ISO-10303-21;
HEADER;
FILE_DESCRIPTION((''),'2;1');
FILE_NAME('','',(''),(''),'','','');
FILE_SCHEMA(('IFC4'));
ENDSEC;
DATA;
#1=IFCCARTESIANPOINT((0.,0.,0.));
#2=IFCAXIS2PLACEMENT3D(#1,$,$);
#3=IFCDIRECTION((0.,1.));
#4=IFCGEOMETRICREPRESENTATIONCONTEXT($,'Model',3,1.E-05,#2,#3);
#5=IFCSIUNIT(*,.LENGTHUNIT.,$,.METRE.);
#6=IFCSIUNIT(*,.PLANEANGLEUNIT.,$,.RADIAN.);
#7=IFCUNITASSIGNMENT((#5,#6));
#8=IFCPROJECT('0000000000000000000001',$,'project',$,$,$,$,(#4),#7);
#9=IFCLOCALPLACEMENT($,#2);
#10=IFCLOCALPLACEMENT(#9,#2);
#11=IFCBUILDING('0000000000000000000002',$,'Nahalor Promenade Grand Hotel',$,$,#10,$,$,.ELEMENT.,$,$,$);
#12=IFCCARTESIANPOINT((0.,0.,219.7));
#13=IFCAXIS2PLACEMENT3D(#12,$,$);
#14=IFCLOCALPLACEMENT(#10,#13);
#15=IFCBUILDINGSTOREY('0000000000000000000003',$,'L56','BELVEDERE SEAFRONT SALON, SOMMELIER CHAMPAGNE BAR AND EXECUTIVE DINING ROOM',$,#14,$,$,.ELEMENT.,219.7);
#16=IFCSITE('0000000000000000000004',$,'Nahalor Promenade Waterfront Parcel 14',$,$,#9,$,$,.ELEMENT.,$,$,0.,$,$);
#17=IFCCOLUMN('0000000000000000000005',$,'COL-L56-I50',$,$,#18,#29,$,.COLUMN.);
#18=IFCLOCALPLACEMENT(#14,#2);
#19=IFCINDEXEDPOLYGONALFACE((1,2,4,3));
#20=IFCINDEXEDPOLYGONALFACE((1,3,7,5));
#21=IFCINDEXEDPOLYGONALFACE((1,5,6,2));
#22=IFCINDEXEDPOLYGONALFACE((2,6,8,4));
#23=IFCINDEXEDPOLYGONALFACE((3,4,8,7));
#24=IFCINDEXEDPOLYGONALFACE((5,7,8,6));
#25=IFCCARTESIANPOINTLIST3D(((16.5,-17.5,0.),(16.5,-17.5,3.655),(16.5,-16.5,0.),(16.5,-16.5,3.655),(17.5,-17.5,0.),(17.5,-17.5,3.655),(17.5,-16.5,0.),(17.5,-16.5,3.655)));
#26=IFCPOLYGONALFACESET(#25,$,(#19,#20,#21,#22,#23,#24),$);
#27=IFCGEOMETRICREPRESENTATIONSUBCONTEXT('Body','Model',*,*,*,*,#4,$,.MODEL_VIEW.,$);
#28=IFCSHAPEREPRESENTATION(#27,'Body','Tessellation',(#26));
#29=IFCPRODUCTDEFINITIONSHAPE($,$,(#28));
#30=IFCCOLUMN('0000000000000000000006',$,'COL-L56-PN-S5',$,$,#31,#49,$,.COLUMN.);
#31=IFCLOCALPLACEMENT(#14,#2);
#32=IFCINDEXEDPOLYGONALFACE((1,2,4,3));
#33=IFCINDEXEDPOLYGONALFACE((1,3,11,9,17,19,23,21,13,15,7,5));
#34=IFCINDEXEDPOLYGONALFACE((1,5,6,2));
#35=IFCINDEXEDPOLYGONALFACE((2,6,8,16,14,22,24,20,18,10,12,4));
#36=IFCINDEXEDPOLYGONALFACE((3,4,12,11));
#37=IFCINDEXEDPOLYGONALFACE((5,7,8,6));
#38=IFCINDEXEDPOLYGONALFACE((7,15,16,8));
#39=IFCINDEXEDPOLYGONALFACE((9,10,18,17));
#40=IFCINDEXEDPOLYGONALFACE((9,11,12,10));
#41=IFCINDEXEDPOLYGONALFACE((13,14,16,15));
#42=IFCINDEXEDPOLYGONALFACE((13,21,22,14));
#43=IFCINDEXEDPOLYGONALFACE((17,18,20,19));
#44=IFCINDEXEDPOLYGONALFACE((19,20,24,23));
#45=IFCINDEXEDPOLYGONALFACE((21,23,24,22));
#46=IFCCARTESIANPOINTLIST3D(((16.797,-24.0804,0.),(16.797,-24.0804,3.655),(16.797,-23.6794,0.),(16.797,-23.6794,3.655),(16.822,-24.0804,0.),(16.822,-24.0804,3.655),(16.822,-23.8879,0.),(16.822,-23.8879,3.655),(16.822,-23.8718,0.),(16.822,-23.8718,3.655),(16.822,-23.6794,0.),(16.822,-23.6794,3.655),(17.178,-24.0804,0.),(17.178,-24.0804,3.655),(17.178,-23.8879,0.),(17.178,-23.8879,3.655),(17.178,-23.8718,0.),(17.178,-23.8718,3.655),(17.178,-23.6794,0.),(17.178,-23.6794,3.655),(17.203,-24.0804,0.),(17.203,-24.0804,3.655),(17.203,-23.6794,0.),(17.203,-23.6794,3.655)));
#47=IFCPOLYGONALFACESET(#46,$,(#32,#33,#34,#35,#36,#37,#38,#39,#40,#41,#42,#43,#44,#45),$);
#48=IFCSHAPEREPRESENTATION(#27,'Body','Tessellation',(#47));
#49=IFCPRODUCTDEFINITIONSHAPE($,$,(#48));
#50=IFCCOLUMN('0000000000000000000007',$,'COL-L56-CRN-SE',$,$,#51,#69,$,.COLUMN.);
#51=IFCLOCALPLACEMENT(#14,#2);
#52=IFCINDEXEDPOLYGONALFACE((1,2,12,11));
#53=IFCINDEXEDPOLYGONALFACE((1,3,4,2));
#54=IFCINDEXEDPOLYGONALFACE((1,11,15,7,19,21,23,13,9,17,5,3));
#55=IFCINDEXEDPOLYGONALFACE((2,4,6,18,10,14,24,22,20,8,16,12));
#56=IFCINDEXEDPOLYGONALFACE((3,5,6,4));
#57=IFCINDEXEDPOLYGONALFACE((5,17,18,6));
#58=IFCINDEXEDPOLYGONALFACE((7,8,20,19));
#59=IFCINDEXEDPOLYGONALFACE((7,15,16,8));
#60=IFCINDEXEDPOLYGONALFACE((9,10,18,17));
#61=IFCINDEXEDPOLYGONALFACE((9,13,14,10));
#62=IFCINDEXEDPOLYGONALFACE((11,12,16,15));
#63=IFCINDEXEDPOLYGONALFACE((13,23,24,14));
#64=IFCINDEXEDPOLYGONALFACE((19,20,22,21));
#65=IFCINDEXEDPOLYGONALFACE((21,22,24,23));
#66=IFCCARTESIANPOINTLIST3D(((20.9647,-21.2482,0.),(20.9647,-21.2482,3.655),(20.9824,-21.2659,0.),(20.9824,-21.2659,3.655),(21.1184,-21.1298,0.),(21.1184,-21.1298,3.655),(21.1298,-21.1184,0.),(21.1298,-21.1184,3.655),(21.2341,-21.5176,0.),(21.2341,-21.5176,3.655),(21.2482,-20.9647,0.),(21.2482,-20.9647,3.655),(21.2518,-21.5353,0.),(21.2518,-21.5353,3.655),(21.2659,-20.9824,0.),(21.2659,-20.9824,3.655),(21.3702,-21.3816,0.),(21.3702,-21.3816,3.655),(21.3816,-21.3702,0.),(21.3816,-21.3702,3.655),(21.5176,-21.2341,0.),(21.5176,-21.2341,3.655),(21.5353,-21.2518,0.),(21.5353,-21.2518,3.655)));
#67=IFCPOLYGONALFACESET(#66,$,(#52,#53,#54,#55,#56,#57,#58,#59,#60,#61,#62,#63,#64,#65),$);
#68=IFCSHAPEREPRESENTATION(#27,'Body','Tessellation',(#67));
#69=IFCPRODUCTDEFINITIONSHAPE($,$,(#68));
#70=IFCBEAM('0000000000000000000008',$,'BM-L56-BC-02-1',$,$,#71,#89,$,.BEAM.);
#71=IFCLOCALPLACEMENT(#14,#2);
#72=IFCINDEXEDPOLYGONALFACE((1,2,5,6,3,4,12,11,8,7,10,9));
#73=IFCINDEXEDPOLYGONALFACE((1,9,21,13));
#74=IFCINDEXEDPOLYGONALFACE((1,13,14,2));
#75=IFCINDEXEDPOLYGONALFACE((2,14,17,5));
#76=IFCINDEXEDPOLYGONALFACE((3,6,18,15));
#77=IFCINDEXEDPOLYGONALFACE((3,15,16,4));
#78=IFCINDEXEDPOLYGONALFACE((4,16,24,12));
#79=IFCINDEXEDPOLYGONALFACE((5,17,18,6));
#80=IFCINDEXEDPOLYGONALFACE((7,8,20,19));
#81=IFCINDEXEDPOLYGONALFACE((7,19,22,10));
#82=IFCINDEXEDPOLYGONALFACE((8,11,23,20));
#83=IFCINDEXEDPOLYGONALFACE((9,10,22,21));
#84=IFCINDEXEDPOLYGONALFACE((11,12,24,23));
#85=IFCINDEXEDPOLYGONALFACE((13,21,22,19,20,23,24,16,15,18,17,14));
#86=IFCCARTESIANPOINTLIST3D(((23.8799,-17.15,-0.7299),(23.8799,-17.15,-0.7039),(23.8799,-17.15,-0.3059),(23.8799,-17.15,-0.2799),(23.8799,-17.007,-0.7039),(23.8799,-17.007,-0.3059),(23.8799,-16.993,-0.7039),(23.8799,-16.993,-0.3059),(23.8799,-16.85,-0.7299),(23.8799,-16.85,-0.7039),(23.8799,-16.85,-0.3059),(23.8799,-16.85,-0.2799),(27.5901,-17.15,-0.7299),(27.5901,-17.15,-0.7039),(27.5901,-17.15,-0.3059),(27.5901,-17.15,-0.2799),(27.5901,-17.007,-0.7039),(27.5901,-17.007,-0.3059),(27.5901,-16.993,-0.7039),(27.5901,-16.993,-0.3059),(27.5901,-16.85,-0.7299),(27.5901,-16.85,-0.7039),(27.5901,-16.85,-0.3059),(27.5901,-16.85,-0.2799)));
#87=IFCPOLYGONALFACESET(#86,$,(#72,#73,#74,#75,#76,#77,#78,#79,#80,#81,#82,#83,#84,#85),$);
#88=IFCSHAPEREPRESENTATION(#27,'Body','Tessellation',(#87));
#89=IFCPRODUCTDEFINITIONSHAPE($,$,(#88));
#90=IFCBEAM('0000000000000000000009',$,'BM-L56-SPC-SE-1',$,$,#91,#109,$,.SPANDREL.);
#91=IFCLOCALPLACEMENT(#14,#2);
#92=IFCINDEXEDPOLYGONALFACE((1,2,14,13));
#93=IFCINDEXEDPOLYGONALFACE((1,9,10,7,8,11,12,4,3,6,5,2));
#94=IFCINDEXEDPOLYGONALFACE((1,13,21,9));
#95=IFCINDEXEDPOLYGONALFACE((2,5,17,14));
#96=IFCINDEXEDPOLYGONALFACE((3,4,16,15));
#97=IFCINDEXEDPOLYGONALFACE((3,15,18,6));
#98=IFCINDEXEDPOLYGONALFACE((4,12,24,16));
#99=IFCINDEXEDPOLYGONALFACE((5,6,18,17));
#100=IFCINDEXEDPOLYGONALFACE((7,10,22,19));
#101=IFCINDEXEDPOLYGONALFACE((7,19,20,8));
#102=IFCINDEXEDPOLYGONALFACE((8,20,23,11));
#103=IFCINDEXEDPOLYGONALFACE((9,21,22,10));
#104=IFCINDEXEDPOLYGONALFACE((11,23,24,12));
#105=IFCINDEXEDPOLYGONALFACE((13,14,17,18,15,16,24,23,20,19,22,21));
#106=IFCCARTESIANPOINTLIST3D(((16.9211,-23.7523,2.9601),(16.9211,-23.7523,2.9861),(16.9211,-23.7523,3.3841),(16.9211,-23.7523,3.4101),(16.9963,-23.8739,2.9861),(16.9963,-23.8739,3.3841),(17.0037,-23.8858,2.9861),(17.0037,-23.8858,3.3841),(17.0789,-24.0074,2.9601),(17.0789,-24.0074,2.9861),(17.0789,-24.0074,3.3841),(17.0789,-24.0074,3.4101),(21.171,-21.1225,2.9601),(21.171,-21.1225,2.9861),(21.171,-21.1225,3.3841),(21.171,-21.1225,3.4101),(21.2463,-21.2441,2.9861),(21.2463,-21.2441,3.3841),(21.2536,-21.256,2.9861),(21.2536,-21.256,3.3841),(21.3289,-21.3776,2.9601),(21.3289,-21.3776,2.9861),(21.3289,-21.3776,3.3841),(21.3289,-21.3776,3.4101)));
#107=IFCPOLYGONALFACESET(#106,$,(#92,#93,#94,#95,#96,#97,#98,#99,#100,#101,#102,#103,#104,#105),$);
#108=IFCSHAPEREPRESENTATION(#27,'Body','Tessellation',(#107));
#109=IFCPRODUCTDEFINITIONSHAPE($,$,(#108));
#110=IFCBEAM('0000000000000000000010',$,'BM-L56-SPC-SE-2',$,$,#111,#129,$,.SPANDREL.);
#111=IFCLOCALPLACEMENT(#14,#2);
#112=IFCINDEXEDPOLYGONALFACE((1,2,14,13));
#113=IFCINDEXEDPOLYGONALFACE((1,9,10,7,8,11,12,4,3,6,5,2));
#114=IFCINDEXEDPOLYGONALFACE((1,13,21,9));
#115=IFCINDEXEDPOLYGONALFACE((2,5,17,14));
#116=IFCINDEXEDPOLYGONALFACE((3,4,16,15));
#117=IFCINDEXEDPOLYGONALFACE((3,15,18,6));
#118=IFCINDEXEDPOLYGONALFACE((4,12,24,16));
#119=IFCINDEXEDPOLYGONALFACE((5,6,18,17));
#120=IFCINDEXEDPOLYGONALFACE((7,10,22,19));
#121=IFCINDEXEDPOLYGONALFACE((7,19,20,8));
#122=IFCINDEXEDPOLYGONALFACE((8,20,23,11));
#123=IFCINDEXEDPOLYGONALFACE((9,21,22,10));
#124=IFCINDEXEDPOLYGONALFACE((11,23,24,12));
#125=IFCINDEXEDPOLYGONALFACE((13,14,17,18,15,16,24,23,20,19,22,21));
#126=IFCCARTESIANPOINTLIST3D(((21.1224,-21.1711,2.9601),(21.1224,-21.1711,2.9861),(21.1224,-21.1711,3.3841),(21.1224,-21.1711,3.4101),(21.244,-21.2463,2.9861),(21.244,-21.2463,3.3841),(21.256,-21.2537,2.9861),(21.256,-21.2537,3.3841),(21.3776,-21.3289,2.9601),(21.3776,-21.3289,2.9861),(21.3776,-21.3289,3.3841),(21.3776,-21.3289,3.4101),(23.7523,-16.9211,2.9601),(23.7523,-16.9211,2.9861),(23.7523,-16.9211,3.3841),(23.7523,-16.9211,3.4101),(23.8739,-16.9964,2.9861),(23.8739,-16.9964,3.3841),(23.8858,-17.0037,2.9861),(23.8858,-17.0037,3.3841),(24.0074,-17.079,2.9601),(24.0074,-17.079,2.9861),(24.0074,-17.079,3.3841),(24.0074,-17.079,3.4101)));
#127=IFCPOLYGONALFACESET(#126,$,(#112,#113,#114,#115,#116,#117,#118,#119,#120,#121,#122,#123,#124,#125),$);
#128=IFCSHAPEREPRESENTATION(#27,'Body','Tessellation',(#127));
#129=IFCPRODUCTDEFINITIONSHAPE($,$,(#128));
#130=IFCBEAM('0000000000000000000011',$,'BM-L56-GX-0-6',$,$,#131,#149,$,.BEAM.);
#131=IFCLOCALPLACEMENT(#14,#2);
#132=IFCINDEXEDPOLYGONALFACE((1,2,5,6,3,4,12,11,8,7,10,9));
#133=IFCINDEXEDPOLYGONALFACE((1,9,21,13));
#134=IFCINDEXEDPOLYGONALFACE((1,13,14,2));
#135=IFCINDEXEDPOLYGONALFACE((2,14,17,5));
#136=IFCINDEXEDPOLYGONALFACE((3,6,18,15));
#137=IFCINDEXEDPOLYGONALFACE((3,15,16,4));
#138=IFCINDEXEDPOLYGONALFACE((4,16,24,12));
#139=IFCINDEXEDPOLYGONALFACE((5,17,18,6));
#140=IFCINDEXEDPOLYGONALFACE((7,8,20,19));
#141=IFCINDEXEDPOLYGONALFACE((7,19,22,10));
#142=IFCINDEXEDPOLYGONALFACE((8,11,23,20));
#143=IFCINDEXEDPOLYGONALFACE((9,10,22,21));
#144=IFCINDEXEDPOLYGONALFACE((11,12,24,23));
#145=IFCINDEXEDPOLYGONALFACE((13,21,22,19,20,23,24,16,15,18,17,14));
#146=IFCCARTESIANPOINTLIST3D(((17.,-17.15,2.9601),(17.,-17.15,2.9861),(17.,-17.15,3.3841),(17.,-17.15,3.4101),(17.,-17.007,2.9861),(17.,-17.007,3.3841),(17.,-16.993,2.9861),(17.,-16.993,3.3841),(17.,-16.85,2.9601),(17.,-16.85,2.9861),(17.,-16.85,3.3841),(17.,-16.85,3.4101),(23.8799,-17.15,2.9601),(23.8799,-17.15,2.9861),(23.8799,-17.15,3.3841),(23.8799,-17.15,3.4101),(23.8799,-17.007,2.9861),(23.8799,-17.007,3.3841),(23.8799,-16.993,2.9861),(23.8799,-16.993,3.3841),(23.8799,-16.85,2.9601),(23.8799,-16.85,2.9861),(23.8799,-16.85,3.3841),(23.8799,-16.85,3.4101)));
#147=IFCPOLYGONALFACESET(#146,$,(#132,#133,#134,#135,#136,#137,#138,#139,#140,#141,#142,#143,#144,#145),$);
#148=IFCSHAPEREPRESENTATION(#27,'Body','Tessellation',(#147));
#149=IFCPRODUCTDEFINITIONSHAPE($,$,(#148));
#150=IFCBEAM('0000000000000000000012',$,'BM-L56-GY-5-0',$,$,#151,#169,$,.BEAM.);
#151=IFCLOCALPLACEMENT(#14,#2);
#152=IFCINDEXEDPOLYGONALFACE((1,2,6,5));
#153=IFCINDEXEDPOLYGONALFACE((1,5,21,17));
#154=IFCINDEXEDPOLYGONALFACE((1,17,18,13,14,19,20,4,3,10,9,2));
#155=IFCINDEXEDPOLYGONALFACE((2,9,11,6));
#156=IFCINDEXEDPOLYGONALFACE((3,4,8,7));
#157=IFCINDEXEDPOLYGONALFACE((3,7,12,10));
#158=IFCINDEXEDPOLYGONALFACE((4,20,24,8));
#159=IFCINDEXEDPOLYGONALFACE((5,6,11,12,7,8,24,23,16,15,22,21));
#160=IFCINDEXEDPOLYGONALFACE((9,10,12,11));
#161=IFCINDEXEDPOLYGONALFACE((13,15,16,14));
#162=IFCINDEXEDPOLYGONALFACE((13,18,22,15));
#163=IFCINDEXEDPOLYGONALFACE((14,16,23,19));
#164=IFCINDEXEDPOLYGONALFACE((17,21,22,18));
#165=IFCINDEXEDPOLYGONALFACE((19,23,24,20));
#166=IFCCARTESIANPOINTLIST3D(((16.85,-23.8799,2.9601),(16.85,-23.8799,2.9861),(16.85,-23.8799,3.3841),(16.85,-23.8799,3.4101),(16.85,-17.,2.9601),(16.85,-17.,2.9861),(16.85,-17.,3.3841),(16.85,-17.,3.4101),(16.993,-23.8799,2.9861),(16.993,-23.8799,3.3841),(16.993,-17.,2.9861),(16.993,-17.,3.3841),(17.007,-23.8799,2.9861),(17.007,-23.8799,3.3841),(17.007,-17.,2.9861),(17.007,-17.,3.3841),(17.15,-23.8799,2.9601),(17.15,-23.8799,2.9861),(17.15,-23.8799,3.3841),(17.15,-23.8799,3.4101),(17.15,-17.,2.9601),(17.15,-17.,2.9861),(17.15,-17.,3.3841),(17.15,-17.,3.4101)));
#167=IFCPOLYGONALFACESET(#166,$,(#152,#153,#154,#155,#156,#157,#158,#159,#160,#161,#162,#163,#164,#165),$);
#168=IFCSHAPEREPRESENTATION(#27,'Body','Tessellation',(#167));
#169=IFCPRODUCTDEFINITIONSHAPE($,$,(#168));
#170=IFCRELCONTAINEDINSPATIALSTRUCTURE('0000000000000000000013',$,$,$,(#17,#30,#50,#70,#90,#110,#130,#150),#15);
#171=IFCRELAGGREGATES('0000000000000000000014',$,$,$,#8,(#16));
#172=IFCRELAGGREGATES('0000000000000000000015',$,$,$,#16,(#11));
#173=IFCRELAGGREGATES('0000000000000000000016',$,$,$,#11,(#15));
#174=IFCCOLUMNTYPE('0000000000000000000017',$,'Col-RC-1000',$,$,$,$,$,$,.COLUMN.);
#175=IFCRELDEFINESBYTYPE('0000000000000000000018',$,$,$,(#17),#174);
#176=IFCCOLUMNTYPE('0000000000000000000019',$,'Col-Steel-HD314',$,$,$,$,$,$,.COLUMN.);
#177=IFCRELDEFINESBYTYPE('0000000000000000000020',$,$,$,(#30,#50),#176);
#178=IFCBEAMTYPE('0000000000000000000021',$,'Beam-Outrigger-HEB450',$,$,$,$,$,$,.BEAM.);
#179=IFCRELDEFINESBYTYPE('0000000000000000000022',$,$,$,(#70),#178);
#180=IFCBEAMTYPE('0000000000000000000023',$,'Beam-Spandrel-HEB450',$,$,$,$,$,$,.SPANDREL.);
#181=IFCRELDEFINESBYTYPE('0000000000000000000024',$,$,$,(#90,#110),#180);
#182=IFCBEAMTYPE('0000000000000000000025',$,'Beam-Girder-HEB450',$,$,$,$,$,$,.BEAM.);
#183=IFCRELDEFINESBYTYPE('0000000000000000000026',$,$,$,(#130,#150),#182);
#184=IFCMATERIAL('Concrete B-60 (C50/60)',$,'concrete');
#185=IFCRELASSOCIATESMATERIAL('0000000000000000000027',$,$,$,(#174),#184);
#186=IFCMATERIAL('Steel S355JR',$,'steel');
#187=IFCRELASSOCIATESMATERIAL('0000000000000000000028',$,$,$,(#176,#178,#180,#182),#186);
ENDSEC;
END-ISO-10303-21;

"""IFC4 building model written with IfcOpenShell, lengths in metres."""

from ifc_helpers import new_model, si_unit, direction, frame, origin, origin_2d, place, context, subcontext, project, spatial, rectangle, i_section, extrude, source, transform, mapped, material, material_profile, profile_set, type_object, element, save


model = new_model("IFC4")

# Units and contexts
model_context = context("Model", 3, precision=1e-05, world=origin(), true_north=direction((0.0, 1.0)))
body_context = subcontext(model_context, "Body", "Model", "MODEL_VIEW")
ifc_project = project(units=[si_unit("LENGTHUNIT", "METRE"), si_unit("PLANEANGLEUNIT", "RADIAN")], contexts=[model_context])

# Site, building, storey
site_placement = place(None, origin())
site = spatial("IfcSite", under=ifc_project, at=site_placement, Name="Nahalor Promenade Waterfront Parcel 14", CompositionType="ELEMENT", RefElevation=0.0)
building_placement = place(site_placement, origin())
building = spatial("IfcBuilding", under=site, at=building_placement, Name="Nahalor Promenade Grand Hotel", CompositionType="ELEMENT")
storey_placement = place(building_placement, frame((0.0, 0.0, 219.7)))
storey = spatial("IfcBuildingStorey", under=building, at=storey_placement, Name="L56", Description="BELVEDERE SEAFRONT SALON, SOMMELIER CHAMPAGNE BAR AND EXECUTIVE DINING ROOM", CompositionType="ELEMENT", Elevation=219.7)

# Columns
ifc_material_1 = material(Name="Concrete B-60 (C50/60)", Category="concrete")
ifc_material_profile_1 = material_profile(ifc_material_1, rectangle(XDim=1.0, YDim=1.0, at=origin_2d()), Name="RC 1000x1000")
ifc_profile_set_1 = profile_set([ifc_material_profile_1], Name="Concrete B-60 (C50/60)")
column_type_1 = type_object("IfcColumnType", Name="Col-RC-1000", PredefinedType="COLUMN", material=ifc_profile_set_1)
shared_shape_1 = source(origin(), body_context, "Body", "SweptSolid", [
    extrude(rectangle(XDim=1.0, YDim=1.0, at=origin_2d()), origin(), (0.0, 0.0, 1.0), 3.655),
])
column_placement = place(storey_placement, frame((17.0, -17.0, 0.0), z_axis=(0.0, 0.0, 1.0), x_axis=(1.0, 0.0, 0.0)))
element("IfcColumn", 1, at=column_placement, inside=storey, type_object=column_type_1, Name="COL-L56-I50", PredefinedType="COLUMN", context=body_context, shape_type="MappedRepresentation", body=[
    mapped(shared_shape_1, transform((0.0, 0.0, 0.0), scale=1.0)),
])
ifc_material_2 = material(Name="Steel S355JR", Category="steel")
ifc_material_profile_2 = material_profile(ifc_material_2, i_section(OverallWidth=0.401, OverallDepth=0.406, WebThickness=0.0161, FlangeThickness=0.025, at=origin_2d()), Name="HD 400x314")
ifc_profile_set_2 = profile_set([ifc_material_profile_2], Name="Steel S355JR")
column_type_2 = type_object("IfcColumnType", Name="Col-Steel-HD314", PredefinedType="COLUMN", material=ifc_profile_set_2)
shared_shape_2 = source(origin(), body_context, "Body", "SweptSolid", [
    extrude(i_section(OverallWidth=0.401, OverallDepth=0.406, WebThickness=0.0161, FlangeThickness=0.025, at=origin_2d()), origin(), (0.0, 0.0, 1.0), 3.655),
])
for number, where, z_axis, x_axis, name in (
    (2, (17.0, -23.8799, 0.0), (0.0, 0.0, 1.0), (0.0, 1.0, 0.0), "COL-L56-PN-S5"),
    (3, (21.25, -21.25, 0.0), (0.0, 0.0, 1.0), (0.707107, 0.707107, 0.0), "COL-L56-CRN-SE"),
):
    element("IfcColumn", number, at=place(storey_placement, frame(where, z_axis=z_axis, x_axis=x_axis)), inside=storey, type_object=column_type_2, Name=name, PredefinedType="COLUMN", context=body_context, shape_type="MappedRepresentation", body=[
        mapped(shared_shape_2, transform((0.0, 0.0, 0.0), scale=1.0)),
    ])

# Beams
ifc_material_profile_3 = material_profile(ifc_material_2, i_section(OverallWidth=0.3, OverallDepth=0.45, WebThickness=0.014, FlangeThickness=0.026, at=origin_2d()), Name="HEB 450")
ifc_profile_set_3 = profile_set([ifc_material_profile_3], Name="Steel S355JR")
beam_type_1 = type_object("IfcBeamType", Name="Beam-Outrigger-HEB450", PredefinedType="BEAM", material=ifc_profile_set_3)
shared_shape_3 = source(origin(), body_context, "Body", "SweptSolid", [
    extrude(i_section(OverallWidth=0.3, OverallDepth=0.45, WebThickness=0.014, FlangeThickness=0.026, at=origin_2d()), origin(), (0.0, 0.0, 1.0), 3.7102),
])
beam_1_placement = place(storey_placement, frame((23.8799, -17.0, -0.5049), z_axis=(1.0, 0.0, 0.0), x_axis=(0.0, 1.0, 0.0)))
element("IfcBeam", 4, at=beam_1_placement, inside=storey, type_object=beam_type_1, Name="BM-L56-BC-02-1", PredefinedType="BEAM", context=body_context, shape_type="MappedRepresentation", body=[
    mapped(shared_shape_3, transform((0.0, 0.0, 0.0), scale=1.0)),
])
ifc_material_profile_4 = material_profile(ifc_material_2, i_section(OverallWidth=0.3, OverallDepth=0.45, WebThickness=0.014, FlangeThickness=0.026, at=origin_2d()), Name="HEB 450")
ifc_profile_set_4 = profile_set([ifc_material_profile_4], Name="Steel S355JR")
beam_type_2 = type_object("IfcBeamType", Name="Beam-Spandrel-HEB450", PredefinedType="SPANDREL", material=ifc_profile_set_4)
shared_shape_4 = source(origin(), body_context, "Body", "SweptSolid", [
    extrude(i_section(OverallWidth=0.3, OverallDepth=0.45, WebThickness=0.014, FlangeThickness=0.026, at=origin_2d()), origin(), (0.0, 0.0, 1.0), 4.9978),
])
for number, where, z_axis, x_axis, name in (
    (5, (17.0, -23.8799, 3.1851), (0.850361, 0.5262, 0.0), (-0.5262, 0.850361, 0.0), "BM-L56-SPC-SE-1"),
    (6, (21.25, -21.25, 3.1851), (0.5262, 0.850361, 0.0), (-0.850361, 0.5262, 0.0), "BM-L56-SPC-SE-2"),
):
    element("IfcBeam", number, at=place(storey_placement, frame(where, z_axis=z_axis, x_axis=x_axis)), inside=storey, type_object=beam_type_2, Name=name, PredefinedType="SPANDREL", context=body_context, shape_type="MappedRepresentation", body=[
        mapped(shared_shape_4, transform((0.0, 0.0, 0.0), scale=1.0)),
    ])
ifc_material_profile_5 = material_profile(ifc_material_2, i_section(OverallWidth=0.3, OverallDepth=0.45, WebThickness=0.014, FlangeThickness=0.026, at=origin_2d()), Name="HEB 450")
ifc_profile_set_5 = profile_set([ifc_material_profile_5], Name="Steel S355JR")
beam_type_3 = type_object("IfcBeamType", Name="Beam-Girder-HEB450", PredefinedType="BEAM", material=ifc_profile_set_5)
shared_shape_5 = source(origin(), body_context, "Body", "SweptSolid", [
    extrude(i_section(OverallWidth=0.3, OverallDepth=0.45, WebThickness=0.014, FlangeThickness=0.026, at=origin_2d()), origin(), (0.0, 0.0, 1.0), 6.8799),
])
for number, where, z_axis, x_axis, name in (
    (7, (17.0, -17.0, 3.1851), (1.0, 0.0, 0.0), (0.0, 1.0, 0.0), "BM-L56-GX-0-6"),
    (8, (17.0, -23.8799, 3.1851), (0.0, 1.0, 0.0), (-1.0, 0.0, 0.0), "BM-L56-GY-5-0"),
):
    element("IfcBeam", number, at=place(storey_placement, frame(where, z_axis=z_axis, x_axis=x_axis)), inside=storey, type_object=beam_type_3, Name=name, PredefinedType="BEAM", context=body_context, shape_type="MappedRepresentation", body=[
        mapped(shared_shape_5, transform((0.0, 0.0, 0.0), scale=1.0)),
    ])

save(model, "model.ifc")
